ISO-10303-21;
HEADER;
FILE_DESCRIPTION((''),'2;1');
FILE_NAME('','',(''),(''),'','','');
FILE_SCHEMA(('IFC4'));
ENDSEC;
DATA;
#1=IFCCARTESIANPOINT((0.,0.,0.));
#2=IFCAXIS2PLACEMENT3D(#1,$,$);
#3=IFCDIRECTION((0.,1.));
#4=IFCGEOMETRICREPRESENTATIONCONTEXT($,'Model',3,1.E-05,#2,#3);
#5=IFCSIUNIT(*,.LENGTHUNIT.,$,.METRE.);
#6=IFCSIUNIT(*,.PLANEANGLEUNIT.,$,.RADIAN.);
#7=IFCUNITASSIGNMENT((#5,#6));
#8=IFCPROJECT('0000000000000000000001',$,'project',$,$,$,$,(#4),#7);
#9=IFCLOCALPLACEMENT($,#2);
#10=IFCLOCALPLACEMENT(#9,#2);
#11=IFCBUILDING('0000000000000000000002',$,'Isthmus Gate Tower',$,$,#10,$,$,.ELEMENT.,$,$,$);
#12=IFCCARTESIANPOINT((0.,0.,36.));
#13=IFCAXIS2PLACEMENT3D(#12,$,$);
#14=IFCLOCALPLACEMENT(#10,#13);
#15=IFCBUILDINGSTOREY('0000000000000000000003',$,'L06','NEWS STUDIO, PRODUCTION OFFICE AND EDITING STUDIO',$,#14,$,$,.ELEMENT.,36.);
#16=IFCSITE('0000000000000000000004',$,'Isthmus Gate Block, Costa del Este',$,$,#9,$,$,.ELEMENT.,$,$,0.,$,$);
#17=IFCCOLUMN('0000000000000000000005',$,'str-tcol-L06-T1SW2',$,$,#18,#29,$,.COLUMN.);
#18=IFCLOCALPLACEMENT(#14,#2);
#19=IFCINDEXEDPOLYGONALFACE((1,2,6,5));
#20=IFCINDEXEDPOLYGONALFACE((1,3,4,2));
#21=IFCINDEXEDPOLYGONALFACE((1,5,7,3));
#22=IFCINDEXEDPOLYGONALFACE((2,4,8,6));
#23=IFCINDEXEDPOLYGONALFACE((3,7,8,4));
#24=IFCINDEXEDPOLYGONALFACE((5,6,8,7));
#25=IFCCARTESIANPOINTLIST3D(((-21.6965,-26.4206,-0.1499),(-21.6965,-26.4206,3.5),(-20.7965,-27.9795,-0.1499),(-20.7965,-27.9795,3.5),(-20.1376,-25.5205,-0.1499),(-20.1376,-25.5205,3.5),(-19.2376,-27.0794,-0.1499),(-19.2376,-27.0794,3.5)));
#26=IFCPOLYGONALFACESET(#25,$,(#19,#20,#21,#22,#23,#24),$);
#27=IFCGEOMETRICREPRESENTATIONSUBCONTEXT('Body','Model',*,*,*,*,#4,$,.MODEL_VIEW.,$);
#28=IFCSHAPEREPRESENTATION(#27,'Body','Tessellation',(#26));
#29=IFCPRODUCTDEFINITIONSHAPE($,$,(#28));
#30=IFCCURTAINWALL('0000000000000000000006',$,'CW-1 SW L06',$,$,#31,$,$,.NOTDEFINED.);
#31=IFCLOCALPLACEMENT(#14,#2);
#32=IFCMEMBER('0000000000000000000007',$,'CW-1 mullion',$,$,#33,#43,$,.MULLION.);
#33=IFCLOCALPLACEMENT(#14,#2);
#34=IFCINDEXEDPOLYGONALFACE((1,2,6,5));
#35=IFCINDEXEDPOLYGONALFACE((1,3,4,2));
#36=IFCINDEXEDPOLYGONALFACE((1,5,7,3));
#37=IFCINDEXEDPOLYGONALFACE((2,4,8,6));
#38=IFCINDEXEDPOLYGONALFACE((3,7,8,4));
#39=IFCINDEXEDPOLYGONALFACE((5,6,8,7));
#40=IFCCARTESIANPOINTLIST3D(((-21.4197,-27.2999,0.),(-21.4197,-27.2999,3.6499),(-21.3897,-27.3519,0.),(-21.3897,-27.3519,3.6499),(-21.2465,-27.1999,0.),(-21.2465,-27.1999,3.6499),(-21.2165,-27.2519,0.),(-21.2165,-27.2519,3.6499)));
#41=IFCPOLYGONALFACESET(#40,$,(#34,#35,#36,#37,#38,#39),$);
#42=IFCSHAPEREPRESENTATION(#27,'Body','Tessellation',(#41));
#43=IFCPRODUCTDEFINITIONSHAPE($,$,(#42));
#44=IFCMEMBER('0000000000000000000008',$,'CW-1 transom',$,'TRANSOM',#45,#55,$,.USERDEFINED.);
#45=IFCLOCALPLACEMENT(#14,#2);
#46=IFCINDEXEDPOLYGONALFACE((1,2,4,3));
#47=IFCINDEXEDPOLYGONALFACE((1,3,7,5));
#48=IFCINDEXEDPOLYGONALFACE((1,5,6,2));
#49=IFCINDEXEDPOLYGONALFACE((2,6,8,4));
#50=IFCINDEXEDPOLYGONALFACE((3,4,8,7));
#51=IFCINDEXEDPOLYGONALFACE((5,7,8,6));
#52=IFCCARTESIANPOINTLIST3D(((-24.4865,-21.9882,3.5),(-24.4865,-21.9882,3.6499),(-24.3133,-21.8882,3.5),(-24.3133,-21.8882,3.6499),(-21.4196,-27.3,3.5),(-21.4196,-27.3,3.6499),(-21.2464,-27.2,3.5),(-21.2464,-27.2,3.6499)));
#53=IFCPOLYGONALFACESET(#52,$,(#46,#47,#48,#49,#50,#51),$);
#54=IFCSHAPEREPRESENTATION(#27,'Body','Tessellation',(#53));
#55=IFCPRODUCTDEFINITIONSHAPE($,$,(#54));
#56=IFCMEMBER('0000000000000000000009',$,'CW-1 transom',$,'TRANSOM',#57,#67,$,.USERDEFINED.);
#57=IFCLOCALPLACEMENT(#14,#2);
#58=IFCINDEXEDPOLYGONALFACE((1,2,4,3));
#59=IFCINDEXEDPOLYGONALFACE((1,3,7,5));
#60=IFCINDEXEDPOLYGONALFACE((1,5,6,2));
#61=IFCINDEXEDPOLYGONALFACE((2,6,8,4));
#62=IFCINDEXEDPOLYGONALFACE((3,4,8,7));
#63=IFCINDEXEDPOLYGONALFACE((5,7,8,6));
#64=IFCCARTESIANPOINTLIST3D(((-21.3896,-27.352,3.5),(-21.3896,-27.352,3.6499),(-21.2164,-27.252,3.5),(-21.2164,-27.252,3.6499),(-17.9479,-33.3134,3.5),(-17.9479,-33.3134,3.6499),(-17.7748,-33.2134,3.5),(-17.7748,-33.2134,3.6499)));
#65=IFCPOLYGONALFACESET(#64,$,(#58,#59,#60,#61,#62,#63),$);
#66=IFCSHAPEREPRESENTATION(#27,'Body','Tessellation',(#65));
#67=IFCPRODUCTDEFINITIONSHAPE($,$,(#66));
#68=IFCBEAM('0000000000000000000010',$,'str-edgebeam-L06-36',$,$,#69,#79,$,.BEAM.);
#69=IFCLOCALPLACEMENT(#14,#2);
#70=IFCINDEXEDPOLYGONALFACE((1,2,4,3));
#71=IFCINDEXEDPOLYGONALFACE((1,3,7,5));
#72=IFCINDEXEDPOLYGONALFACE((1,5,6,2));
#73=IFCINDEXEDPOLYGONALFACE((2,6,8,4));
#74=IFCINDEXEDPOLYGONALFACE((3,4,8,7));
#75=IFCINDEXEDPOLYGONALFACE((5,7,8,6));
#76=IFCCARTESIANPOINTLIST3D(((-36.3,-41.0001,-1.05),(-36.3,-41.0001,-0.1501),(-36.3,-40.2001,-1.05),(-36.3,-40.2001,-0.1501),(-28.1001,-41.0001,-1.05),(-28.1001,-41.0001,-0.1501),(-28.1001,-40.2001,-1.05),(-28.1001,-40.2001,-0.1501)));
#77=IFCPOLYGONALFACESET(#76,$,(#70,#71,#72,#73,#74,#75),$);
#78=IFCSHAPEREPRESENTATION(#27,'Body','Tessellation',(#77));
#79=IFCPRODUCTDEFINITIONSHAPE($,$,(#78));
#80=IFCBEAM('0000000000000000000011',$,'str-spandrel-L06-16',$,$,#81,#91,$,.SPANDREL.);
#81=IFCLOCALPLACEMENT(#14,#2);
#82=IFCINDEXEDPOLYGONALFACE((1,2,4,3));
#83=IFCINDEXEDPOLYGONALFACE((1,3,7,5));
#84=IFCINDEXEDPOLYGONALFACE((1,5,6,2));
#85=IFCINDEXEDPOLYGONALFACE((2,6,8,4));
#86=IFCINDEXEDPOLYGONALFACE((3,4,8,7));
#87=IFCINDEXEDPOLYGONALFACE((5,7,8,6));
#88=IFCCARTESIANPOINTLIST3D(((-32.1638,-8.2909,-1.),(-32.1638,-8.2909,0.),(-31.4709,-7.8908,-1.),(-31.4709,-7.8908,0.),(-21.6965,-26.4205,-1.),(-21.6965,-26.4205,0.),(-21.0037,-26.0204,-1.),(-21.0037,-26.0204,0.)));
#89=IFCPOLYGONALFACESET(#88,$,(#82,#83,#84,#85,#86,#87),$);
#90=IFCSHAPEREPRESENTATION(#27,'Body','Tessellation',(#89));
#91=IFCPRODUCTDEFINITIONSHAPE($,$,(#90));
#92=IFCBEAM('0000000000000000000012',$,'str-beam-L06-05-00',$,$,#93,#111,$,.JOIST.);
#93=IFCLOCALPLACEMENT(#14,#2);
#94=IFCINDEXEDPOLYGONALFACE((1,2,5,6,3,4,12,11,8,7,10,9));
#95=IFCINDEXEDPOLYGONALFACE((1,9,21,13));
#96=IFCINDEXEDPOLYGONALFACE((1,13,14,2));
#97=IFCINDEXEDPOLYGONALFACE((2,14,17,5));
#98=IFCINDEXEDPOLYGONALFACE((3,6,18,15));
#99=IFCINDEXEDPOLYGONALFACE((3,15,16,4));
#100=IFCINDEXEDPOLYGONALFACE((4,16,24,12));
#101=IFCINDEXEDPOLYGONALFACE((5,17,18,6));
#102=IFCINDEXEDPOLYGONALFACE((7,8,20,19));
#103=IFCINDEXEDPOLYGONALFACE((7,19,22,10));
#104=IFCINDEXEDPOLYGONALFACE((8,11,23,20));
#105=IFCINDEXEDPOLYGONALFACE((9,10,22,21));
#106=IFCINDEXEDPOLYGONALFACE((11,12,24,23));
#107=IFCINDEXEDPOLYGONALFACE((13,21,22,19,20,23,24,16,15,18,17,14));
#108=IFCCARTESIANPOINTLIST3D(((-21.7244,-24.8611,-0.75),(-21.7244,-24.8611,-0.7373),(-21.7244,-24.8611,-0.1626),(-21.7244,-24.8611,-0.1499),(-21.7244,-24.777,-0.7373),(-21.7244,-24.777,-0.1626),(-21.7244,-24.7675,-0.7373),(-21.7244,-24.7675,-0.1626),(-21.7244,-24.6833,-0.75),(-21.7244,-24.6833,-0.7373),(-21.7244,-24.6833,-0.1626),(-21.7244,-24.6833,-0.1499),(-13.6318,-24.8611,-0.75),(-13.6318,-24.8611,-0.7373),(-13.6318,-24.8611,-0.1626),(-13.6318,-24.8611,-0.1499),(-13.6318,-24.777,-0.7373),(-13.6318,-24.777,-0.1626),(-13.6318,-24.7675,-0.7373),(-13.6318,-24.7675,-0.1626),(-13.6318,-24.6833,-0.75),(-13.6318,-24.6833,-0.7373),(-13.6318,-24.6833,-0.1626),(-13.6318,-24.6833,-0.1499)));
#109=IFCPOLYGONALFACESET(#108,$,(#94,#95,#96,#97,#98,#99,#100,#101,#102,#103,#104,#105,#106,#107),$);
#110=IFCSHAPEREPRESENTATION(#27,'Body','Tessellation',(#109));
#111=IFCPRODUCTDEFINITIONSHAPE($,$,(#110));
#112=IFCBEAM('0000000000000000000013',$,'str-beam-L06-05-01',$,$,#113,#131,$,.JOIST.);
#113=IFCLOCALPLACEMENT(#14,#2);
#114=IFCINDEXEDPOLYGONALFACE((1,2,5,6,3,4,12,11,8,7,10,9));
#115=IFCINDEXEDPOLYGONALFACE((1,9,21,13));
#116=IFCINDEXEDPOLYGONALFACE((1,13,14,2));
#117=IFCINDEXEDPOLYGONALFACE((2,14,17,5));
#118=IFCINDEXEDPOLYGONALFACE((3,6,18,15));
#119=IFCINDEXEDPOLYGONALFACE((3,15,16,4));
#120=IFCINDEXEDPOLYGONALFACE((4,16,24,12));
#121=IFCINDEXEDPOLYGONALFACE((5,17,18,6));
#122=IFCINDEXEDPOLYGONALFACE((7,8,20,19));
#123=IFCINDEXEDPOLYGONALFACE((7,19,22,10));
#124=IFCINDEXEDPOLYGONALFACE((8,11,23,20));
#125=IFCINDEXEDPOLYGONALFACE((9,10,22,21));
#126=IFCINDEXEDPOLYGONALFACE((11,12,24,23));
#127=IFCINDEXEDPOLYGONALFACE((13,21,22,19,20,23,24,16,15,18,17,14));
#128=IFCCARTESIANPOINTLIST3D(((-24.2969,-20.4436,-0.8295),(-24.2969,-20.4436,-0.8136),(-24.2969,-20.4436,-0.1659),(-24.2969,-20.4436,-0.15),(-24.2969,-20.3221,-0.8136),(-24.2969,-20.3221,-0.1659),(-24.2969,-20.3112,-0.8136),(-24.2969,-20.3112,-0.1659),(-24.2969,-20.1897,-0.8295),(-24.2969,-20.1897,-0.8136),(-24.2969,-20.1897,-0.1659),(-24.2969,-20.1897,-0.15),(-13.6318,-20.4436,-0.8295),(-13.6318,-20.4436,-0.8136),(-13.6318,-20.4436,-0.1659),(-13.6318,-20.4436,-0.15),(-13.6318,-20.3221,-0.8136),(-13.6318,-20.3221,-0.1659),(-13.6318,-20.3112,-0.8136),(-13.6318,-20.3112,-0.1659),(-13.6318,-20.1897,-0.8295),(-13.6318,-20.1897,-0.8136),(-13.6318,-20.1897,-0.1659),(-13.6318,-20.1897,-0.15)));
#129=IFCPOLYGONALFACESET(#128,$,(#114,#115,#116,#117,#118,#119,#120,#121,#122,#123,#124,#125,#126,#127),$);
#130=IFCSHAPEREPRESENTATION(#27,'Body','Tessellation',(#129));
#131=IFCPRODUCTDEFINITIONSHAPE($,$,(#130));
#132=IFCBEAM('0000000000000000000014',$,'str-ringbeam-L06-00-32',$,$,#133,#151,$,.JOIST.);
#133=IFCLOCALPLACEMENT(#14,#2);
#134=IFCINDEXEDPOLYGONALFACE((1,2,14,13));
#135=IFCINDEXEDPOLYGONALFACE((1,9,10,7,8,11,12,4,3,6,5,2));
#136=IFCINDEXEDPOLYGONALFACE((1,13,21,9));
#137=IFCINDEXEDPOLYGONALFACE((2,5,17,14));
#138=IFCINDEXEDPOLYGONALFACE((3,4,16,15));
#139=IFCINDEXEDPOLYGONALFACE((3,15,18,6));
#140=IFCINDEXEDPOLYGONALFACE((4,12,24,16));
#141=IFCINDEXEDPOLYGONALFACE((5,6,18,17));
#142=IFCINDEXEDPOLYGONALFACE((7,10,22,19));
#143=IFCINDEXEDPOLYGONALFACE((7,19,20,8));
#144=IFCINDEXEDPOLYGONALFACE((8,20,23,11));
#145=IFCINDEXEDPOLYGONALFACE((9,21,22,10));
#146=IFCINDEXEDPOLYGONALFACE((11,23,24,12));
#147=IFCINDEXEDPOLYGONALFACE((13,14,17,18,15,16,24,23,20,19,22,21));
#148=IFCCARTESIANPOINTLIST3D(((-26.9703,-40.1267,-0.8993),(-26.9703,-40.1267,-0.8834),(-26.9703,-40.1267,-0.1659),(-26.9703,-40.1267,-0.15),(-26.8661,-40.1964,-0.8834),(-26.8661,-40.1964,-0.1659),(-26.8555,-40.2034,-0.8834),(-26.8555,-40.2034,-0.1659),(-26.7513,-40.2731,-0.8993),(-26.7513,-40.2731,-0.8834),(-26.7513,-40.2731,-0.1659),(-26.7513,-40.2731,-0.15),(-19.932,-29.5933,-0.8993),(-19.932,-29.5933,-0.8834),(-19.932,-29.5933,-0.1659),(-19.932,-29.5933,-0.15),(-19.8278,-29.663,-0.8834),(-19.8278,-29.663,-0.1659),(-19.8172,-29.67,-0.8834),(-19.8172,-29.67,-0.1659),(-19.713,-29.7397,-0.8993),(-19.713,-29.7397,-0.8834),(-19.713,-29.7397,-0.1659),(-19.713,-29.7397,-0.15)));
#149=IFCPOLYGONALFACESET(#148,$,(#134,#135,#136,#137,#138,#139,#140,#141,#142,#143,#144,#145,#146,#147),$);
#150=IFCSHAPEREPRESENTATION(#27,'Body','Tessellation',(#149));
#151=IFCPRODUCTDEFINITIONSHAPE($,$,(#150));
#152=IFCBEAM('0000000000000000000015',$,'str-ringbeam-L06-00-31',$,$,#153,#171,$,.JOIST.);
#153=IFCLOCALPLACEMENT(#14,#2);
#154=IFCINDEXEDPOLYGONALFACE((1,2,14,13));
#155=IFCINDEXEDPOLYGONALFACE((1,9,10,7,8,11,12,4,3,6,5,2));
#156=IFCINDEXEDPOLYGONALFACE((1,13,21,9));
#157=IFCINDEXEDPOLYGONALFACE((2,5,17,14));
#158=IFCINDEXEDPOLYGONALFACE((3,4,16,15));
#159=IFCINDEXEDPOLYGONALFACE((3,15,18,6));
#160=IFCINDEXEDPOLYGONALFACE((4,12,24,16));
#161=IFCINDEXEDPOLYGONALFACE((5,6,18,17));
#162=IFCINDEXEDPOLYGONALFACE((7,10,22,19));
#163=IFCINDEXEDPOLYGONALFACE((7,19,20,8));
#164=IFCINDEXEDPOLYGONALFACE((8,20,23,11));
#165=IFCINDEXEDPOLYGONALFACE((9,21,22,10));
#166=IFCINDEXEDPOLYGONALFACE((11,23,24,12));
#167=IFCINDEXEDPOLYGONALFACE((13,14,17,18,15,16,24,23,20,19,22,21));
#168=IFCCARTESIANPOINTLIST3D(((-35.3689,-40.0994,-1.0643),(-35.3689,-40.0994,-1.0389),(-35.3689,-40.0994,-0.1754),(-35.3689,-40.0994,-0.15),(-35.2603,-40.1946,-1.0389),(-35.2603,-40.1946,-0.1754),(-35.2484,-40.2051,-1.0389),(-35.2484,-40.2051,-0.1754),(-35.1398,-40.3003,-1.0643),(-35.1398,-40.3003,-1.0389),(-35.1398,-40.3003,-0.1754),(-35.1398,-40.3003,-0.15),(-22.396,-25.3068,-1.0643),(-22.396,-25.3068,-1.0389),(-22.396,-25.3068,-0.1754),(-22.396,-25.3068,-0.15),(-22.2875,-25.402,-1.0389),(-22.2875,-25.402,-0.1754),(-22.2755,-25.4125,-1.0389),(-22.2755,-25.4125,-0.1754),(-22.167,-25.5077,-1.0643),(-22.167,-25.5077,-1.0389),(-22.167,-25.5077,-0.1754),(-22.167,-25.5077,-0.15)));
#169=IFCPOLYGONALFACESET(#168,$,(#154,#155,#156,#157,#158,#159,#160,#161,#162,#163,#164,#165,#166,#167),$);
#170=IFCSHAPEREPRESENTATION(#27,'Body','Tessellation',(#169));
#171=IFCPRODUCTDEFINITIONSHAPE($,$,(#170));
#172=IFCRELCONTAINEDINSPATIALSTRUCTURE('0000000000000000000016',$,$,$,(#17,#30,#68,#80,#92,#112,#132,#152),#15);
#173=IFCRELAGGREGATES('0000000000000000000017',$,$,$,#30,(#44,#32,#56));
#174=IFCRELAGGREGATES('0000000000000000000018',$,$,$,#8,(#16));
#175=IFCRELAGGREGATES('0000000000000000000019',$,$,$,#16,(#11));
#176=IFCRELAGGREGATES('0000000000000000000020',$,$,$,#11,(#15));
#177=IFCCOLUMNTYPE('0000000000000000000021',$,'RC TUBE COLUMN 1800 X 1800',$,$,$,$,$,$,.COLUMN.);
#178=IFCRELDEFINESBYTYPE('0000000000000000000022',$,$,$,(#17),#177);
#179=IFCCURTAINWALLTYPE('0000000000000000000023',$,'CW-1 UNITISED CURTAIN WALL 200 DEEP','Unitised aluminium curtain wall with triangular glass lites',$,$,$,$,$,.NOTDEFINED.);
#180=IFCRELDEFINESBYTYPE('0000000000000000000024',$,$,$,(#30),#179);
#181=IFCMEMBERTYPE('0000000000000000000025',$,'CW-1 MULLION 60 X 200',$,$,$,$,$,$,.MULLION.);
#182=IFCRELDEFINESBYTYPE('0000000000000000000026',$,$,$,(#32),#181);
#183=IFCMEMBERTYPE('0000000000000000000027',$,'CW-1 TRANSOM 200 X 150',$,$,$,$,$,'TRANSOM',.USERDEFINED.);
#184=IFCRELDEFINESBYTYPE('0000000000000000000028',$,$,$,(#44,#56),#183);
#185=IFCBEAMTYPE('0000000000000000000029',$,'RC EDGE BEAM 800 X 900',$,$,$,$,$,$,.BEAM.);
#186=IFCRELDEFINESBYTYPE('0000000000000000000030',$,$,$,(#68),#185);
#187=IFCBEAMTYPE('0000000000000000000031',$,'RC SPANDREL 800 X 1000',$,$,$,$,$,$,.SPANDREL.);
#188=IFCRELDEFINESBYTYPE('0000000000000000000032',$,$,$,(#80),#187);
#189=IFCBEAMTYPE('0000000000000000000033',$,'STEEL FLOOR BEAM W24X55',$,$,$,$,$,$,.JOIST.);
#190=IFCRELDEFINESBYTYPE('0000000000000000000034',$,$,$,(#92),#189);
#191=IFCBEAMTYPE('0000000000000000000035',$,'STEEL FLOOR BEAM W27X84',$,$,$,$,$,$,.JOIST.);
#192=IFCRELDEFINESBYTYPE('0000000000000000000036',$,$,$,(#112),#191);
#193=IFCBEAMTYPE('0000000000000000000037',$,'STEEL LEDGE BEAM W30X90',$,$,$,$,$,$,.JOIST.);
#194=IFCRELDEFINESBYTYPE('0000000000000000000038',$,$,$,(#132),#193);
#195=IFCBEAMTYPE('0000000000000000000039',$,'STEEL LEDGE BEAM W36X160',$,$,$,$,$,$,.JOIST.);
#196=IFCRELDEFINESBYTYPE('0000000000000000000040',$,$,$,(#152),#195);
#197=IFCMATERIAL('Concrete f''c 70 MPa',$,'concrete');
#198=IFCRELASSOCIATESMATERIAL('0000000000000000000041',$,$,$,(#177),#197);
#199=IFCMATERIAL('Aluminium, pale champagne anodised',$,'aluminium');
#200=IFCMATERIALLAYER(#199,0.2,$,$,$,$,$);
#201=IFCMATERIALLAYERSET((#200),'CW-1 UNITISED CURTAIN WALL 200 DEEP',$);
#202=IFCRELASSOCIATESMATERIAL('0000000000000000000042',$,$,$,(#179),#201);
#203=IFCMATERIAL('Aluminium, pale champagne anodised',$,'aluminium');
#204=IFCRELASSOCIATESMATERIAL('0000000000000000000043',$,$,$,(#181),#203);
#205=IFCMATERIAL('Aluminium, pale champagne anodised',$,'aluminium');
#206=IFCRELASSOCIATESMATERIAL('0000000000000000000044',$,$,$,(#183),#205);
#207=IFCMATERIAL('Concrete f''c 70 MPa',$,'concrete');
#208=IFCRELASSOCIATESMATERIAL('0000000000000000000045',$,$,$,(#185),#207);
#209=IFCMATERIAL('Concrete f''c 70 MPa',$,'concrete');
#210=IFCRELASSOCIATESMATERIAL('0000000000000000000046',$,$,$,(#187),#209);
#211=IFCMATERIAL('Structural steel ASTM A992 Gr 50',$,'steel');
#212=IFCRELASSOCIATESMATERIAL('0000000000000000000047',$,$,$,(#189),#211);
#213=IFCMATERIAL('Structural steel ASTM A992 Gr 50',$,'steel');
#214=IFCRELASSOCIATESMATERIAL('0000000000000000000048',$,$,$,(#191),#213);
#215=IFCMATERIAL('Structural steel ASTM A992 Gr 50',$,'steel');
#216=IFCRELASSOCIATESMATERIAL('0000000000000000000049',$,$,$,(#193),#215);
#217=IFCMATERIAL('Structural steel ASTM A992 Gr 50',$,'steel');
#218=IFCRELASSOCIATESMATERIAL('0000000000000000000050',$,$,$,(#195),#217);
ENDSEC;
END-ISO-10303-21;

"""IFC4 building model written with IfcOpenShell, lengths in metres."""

from ifc_helpers import new_model, si_unit, direction, frame, origin, origin_2d, place, context, subcontext, project, spatial, rectangle, i_section, extrude, material, layer, layer_set, material_profile, profile_set, type_object, element, aggregate, save


model = new_model("IFC4")

# Units and contexts
model_context = context("Model", 3, precision=1e-05, world=origin(), true_north=direction((0.0, 1.0)))
body_context = subcontext(model_context, "Body", "Model", "MODEL_VIEW")
ifc_project = project(units=[si_unit("LENGTHUNIT", "METRE"), si_unit("PLANEANGLEUNIT", "RADIAN")], contexts=[model_context])

# Site, building, storey
site_placement = place(None, origin())
site = spatial("IfcSite", under=ifc_project, at=site_placement, Name="Isthmus Gate Block, Costa del Este", CompositionType="ELEMENT", RefElevation=0.0)
building_placement = place(site_placement, origin())
building = spatial("IfcBuilding", under=site, at=building_placement, Name="Isthmus Gate Tower", CompositionType="ELEMENT")
storey_placement = place(building_placement, frame((0.0, 0.0, 36.0)))
storey = spatial("IfcBuildingStorey", under=building, at=storey_placement, Name="L06", Description="NEWS STUDIO, PRODUCTION OFFICE AND EDITING STUDIO", CompositionType="ELEMENT", Elevation=36.0)

# Column
ifc_material_1 = material(Name="Concrete f'c 70 MPa", Category="concrete")
ifc_material_profile_1 = material_profile(ifc_material_1, rectangle(XDim=1.8, YDim=1.8, at=origin_2d()), Name="RC 1800X1800")
ifc_profile_set_1 = profile_set([ifc_material_profile_1], Name="Concrete f'c 70 MPa")
column_type = type_object("IfcColumnType", Name="RC TUBE COLUMN 1800 X 1800", PredefinedType="COLUMN", material=ifc_profile_set_1)
column_placement = place(storey_placement, frame((-20.467, -26.75, -0.1499), z_axis=(0.0, 0.0, 1.0), x_axis=(0.5, -0.866025, 0.0)))
element("IfcColumn", 1, at=column_placement, inside=storey, type_object=column_type, Name="str-tcol-L06-T1SW2", PredefinedType="COLUMN", context=body_context, shape_type="SweptSolid", body=[
    extrude(rectangle(XDim=1.8, YDim=1.8, at=origin_2d()), origin(), (0.0, 0.0, 1.0), 3.6499),
])

# Curtain wall, members
ifc_material_2 = material(Name="Aluminium, pale champagne anodised", Category="aluminium")
ifc_layer_1 = layer(ifc_material_2, 0.2)
ifc_layer_set_1 = layer_set([ifc_layer_1], Name="CW-1 UNITISED CURTAIN WALL 200 DEEP")
curtain_wall_type = type_object("IfcCurtainWallType", Name="CW-1 UNITISED CURTAIN WALL 200 DEEP", Description="Unitised aluminium curtain wall with triangular glass lites", PredefinedType="NOTDEFINED", material=ifc_layer_set_1)
curtain_wall_placement = place(storey_placement, origin())
curtain_wall = element("IfcCurtainWall", 2, at=curtain_wall_placement, inside=storey, type_object=curtain_wall_type, Name="CW-1 SW L06", PredefinedType="NOTDEFINED")
ifc_material_3 = material(Name="Aluminium, pale champagne anodised", Category="aluminium")
ifc_material_profile_2 = material_profile(ifc_material_3, rectangle(XDim=0.0601, YDim=0.2, at=origin_2d()), Name="60x200")
ifc_profile_set_2 = profile_set([ifc_material_profile_2], Name="Aluminium, pale champagne anodised")
member_type_1 = type_object("IfcMemberType", Name="CW-1 MULLION 60 X 200", PredefinedType="MULLION", material=ifc_profile_set_2)
member_1_placement = place(storey_placement, frame((-21.3181, -27.2759, 0.0), z_axis=(0.0, 0.0, 1.0), x_axis=(0.5, -0.866025, 0.0)))
member_1 = element("IfcMember", 3, at=member_1_placement, type_object=member_type_1, Name="CW-1 mullion", PredefinedType="MULLION", context=body_context, shape_type="SweptSolid", body=[
    extrude(rectangle(XDim=0.0601, YDim=0.2, at=origin_2d()), origin(), (0.0, 0.0, 1.0), 3.6499),
])
ifc_material_4 = material(Name="Aluminium, pale champagne anodised", Category="aluminium")
ifc_material_profile_3 = material_profile(ifc_material_4, rectangle(XDim=0.2, YDim=0.1499, at=origin_2d()), Name="200x150")
ifc_profile_set_3 = profile_set([ifc_material_profile_3], Name="Aluminium, pale champagne anodised")
member_type_2 = type_object("IfcMemberType", Name="CW-1 TRANSOM 200 X 150", ElementType="TRANSOM", PredefinedType="USERDEFINED", material=ifc_profile_set_3)
member_2_placement = place(storey_placement, frame((-24.3999, -21.9382, 3.575), z_axis=(0.500018, -0.866015, 0.0), x_axis=(0.866015, 0.500018, 0.0)))
member_2 = element("IfcMember", 4, at=member_2_placement, type_object=member_type_2, Name="CW-1 transom", ObjectType="TRANSOM", PredefinedType="USERDEFINED", context=body_context, shape_type="SweptSolid", body=[
    extrude(rectangle(XDim=0.2, YDim=0.1499, at=origin_2d()), origin(), (0.0, 0.0, 1.0), 6.1335),
])
member_3_placement = place(storey_placement, frame((-21.303, -27.302, 3.575), z_axis=(0.49998, -0.866037, 0.0), x_axis=(0.866037, 0.49998, 0.0)))
member_3 = element("IfcMember", 5, at=member_3_placement, type_object=member_type_2, Name="CW-1 transom", ObjectType="TRANSOM", PredefinedType="USERDEFINED", context=body_context, shape_type="SweptSolid", body=[
    extrude(rectangle(XDim=0.2, YDim=0.1499, at=origin_2d()), origin(), (0.0, 0.0, 1.0), 6.8835),
])

# Beams
ifc_material_5 = material(Name="Concrete f'c 70 MPa", Category="concrete")
ifc_material_profile_4 = material_profile(ifc_material_5, rectangle(XDim=0.8, YDim=0.8999, at=origin_2d()), Name="RC 800X900")
ifc_profile_set_4 = profile_set([ifc_material_profile_4], Name="Concrete f'c 70 MPa")
beam_type_1 = type_object("IfcBeamType", Name="RC EDGE BEAM 800 X 900", PredefinedType="BEAM", material=ifc_profile_set_4)
beam_1_placement = place(storey_placement, frame((-28.1001, -40.6001, -0.6001), z_axis=(-1.0, 0.0, 0.0), x_axis=(0.0, -1.0, 0.0)))
element("IfcBeam", 6, at=beam_1_placement, inside=storey, type_object=beam_type_1, Name="str-edgebeam-L06-36", PredefinedType="BEAM", context=body_context, shape_type="SweptSolid", body=[
    extrude(rectangle(XDim=0.8, YDim=0.8999, at=origin_2d()), origin(), (0.0, 0.0, 1.0), 8.2),
])
ifc_material_6 = material(Name="Concrete f'c 70 MPa", Category="concrete")
ifc_material_profile_5 = material_profile(ifc_material_6, rectangle(XDim=0.8, YDim=1.0, at=origin_2d()), Name="RC 800X1000")
ifc_profile_set_5 = profile_set([ifc_material_profile_5], Name="Concrete f'c 70 MPa")
beam_type_2 = type_object("IfcBeamType", Name="RC SPANDREL 800 X 1000", PredefinedType="SPANDREL", material=ifc_profile_set_5)
beam_2_placement = place(storey_placement, frame((-21.3501, -26.2205, -0.5), z_axis=(-0.500005, 0.866023, 0.0), x_axis=(-0.866023, -0.500005, 0.0)))
element("IfcBeam", 7, at=beam_2_placement, inside=storey, type_object=beam_type_2, Name="str-spandrel-L06-16", PredefinedType="SPANDREL", context=body_context, shape_type="SweptSolid", body=[
    extrude(rectangle(XDim=0.8, YDim=1.0, at=origin_2d()), origin(), (0.0, 0.0, 1.0), 20.9343),
])
ifc_material_7 = material(Name="Structural steel ASTM A992 Gr 50", Category="steel")
ifc_material_profile_6 = material_profile(ifc_material_7, i_section(OverallWidth=0.1777, OverallDepth=0.6001, WebThickness=0.0095, FlangeThickness=0.0127, at=origin_2d()), Name="W24X55")
ifc_profile_set_6 = profile_set([ifc_material_profile_6], Name="Structural steel ASTM A992 Gr 50")
beam_type_3 = type_object("IfcBeamType", Name="STEEL FLOOR BEAM W24X55", PredefinedType="JOIST", material=ifc_profile_set_6)
beam_3_placement = place(storey_placement, frame((-21.7244, -24.7722, -0.45), z_axis=(1.0, 0.0, 0.0), x_axis=(0.0, 1.0, 0.0)))
element("IfcBeam", 8, at=beam_3_placement, inside=storey, type_object=beam_type_3, Name="str-beam-L06-05-00", PredefinedType="JOIST", context=body_context, shape_type="SweptSolid", body=[
    extrude(i_section(OverallWidth=0.1777, OverallDepth=0.6001, WebThickness=0.0095, FlangeThickness=0.0127, at=origin_2d()), origin(), (0.0, 0.0, 1.0), 8.0925),
])
ifc_material_8 = material(Name="Structural steel ASTM A992 Gr 50", Category="steel")
ifc_material_profile_7 = material_profile(ifc_material_8, i_section(OverallWidth=0.2539, OverallDepth=0.6794, WebThickness=0.011, FlangeThickness=0.0159, at=origin_2d()), Name="W27X84")
ifc_profile_set_7 = profile_set([ifc_material_profile_7], Name="Structural steel ASTM A992 Gr 50")
beam_type_4 = type_object("IfcBeamType", Name="STEEL FLOOR BEAM W27X84", PredefinedType="JOIST", material=ifc_profile_set_7)
beam_4_placement = place(storey_placement, frame((-24.2969, -20.3167, -0.4897), z_axis=(1.0, 0.0, 0.0), x_axis=(0.0, 1.0, 0.0)))
element("IfcBeam", 9, at=beam_4_placement, inside=storey, type_object=beam_type_4, Name="str-beam-L06-05-01", PredefinedType="JOIST", context=body_context, shape_type="SweptSolid", body=[
    extrude(i_section(OverallWidth=0.2539, OverallDepth=0.6794, WebThickness=0.011, FlangeThickness=0.0159, at=origin_2d()), origin(), (0.0, 0.0, 1.0), 10.665),
])
ifc_material_9 = material(Name="Structural steel ASTM A992 Gr 50", Category="steel")
ifc_material_profile_8 = material_profile(ifc_material_9, i_section(OverallWidth=0.2634, OverallDepth=0.7493, WebThickness=0.0127, FlangeThickness=0.0159, at=origin_2d()), Name="W30X90")
ifc_profile_set_8 = profile_set([ifc_material_profile_8], Name="Structural steel ASTM A992 Gr 50")
beam_type_5 = type_object("IfcBeamType", Name="STEEL LEDGE BEAM W30X90", PredefinedType="JOIST", material=ifc_profile_set_8)
beam_5_placement = place(storey_placement, frame((-19.8225, -29.6665, -0.5247), z_axis=(-0.555576, -0.831466, 0.0), x_axis=(0.831466, -0.555576, 0.0)))
element("IfcBeam", 10, at=beam_5_placement, inside=storey, type_object=beam_type_5, Name="str-ringbeam-L06-00-32", PredefinedType="JOIST", context=body_context, shape_type="SweptSolid", body=[
    extrude(i_section(OverallWidth=0.2634, OverallDepth=0.7493, WebThickness=0.0127, FlangeThickness=0.0159, at=origin_2d()), origin(), (0.0, 0.0, 1.0), 12.6685),
])
ifc_material_10 = material(Name="Structural steel ASTM A992 Gr 50", Category="steel")
ifc_material_profile_9 = material_profile(ifc_material_10, i_section(OverallWidth=0.3047, OverallDepth=0.9143, WebThickness=0.0159, FlangeThickness=0.0254, at=origin_2d()), Name="W36X160")
ifc_profile_set_9 = profile_set([ifc_material_profile_9], Name="Structural steel ASTM A992 Gr 50")
beam_type_6 = type_object("IfcBeamType", Name="STEEL LEDGE BEAM W36X160", PredefinedType="JOIST", material=ifc_profile_set_9)
beam_6_placement = place(storey_placement, frame((-22.2815, -25.4072, -0.6072), z_axis=(-0.659347, -0.751839, 0.0), x_axis=(0.751839, -0.659347, 0.0)))
element("IfcBeam", 11, at=beam_6_placement, inside=storey, type_object=beam_type_6, Name="str-ringbeam-L06-00-31", PredefinedType="JOIST", context=body_context, shape_type="SweptSolid", body=[
    extrude(i_section(OverallWidth=0.3047, OverallDepth=0.9143, WebThickness=0.0159, FlangeThickness=0.0254, at=origin_2d()), origin(), (0.0, 0.0, 1.0), 19.6753),
])

aggregate(curtain_wall, [member_2, member_1, member_3])

save(model, "model.ifc")
